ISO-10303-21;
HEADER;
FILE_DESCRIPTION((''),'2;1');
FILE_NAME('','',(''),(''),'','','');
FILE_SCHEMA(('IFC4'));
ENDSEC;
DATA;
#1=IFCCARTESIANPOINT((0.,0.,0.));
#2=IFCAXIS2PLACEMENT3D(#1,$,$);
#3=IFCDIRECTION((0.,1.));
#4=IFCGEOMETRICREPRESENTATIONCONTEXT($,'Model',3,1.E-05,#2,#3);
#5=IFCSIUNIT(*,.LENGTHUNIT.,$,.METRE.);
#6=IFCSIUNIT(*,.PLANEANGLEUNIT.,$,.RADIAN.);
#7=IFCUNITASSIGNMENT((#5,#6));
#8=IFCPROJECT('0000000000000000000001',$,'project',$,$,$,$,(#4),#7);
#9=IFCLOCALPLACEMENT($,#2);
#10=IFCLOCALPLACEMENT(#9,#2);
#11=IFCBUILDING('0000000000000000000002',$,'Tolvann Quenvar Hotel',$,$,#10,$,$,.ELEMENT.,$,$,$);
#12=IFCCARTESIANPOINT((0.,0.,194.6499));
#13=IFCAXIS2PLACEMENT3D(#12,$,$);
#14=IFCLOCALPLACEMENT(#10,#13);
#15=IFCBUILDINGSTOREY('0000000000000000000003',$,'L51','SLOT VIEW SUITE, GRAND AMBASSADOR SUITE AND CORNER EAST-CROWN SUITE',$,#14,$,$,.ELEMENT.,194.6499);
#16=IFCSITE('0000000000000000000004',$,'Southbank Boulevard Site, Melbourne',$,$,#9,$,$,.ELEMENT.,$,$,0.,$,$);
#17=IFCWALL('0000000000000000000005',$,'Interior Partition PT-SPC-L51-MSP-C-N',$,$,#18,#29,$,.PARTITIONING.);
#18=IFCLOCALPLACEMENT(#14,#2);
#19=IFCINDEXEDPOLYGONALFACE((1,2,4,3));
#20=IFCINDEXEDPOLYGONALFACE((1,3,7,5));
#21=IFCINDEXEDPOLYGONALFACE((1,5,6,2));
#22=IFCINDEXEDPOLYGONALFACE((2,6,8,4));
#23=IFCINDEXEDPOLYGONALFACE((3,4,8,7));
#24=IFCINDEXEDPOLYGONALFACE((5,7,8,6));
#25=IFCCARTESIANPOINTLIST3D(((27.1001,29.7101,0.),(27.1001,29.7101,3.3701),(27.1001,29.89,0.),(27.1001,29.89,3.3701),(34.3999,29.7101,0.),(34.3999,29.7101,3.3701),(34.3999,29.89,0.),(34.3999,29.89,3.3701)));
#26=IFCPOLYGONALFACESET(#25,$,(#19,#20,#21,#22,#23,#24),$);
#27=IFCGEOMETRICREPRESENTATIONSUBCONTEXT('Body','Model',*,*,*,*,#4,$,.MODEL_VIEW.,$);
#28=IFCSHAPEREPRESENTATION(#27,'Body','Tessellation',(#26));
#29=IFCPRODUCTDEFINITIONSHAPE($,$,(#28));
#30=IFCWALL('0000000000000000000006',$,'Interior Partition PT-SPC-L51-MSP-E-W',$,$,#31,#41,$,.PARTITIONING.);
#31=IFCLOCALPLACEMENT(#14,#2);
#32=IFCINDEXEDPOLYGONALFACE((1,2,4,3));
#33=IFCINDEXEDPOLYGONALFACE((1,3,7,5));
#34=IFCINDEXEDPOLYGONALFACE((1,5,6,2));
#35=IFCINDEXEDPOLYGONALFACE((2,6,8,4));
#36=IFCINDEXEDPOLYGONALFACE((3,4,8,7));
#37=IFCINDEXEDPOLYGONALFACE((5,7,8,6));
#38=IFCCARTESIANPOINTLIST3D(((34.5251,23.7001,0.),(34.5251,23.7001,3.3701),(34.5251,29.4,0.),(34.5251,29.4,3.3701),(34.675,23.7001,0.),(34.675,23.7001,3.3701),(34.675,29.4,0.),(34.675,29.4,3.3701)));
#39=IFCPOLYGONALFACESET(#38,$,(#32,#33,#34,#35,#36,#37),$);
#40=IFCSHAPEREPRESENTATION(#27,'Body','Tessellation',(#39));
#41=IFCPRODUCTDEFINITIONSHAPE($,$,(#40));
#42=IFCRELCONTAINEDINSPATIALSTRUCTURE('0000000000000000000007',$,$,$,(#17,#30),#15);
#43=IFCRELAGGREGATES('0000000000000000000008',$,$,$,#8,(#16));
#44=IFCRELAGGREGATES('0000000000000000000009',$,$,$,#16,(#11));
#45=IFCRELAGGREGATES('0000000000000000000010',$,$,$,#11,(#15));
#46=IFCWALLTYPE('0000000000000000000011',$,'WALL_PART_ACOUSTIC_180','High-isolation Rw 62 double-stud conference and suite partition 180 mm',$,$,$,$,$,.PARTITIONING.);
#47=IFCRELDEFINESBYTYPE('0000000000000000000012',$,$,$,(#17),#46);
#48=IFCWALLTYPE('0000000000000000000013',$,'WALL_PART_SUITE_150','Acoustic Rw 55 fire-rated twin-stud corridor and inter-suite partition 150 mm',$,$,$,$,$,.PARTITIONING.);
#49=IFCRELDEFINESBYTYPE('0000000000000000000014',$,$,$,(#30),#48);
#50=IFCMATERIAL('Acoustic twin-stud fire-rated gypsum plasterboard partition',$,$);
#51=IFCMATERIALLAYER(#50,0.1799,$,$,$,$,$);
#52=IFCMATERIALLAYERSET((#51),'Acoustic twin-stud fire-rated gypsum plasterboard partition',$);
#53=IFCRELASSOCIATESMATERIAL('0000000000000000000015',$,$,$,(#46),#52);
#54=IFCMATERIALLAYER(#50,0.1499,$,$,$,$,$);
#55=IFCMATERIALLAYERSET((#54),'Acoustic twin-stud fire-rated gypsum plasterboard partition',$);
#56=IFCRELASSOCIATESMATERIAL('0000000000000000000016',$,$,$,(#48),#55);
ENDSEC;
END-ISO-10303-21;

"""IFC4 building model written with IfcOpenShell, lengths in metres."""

from ifc_helpers import new_model, si_unit, direction, frame, frame_2d, origin, place, context, subcontext, project, spatial, rectangle, extrude, material, layer, layer_set, type_object, element, save


model = new_model("IFC4")

# Units and contexts
model_context = context("Model", 3, precision=1e-05, world=origin(), true_north=direction((0.0, 1.0)))
body_context = subcontext(model_context, "Body", "Model", "MODEL_VIEW")
ifc_project = project(units=[si_unit("LENGTHUNIT", "METRE"), si_unit("PLANEANGLEUNIT", "RADIAN")], contexts=[model_context])

# Site, building, storey
site_placement = place(None, origin())
site = spatial("IfcSite", under=ifc_project, at=site_placement, Name="Southbank Boulevard Site, Melbourne", CompositionType="ELEMENT", RefElevation=0.0)
building_placement = place(site_placement, origin())
building = spatial("IfcBuilding", under=site, at=building_placement, Name="Tolvann Quenvar Hotel", CompositionType="ELEMENT")
storey_placement = place(building_placement, frame((0.0, 0.0, 194.6499)))
storey = spatial("IfcBuildingStorey", under=building, at=storey_placement, Name="L51", Description="SLOT VIEW SUITE, GRAND AMBASSADOR SUITE AND CORNER EAST-CROWN SUITE", CompositionType="ELEMENT", Elevation=194.6499)

# Wall
ifc_material_1 = material(Name="Acoustic twin-stud fire-rated gypsum plasterboard partition")
ifc_layer_1 = layer(ifc_material_1, 0.1799)
ifc_layer_set_1 = layer_set([ifc_layer_1], Name="Acoustic twin-stud fire-rated gypsum plasterboard partition")
wall_type_1 = type_object("IfcWallType", Name="WALL_PART_ACOUSTIC_180", Description="High-isolation Rw 62 double-stud conference and suite partition 180 mm", PredefinedType="PARTITIONING", material=ifc_layer_set_1)
wall_1_placement = place(storey_placement, frame((27.1001, 29.8, 0.0), z_axis=(0.0, 0.0, 1.0), x_axis=(1.0, 0.0, 0.0)))
element("IfcWall", 1, at=wall_1_placement, inside=storey, type_object=wall_type_1, Name="Interior Partition PT-SPC-L51-MSP-C-N", PredefinedType="PARTITIONING", context=body_context, shape_type="SweptSolid", body=[
    extrude(rectangle(XDim=7.2998, YDim=0.1799, at=frame_2d((3.6499, 0.0))), origin(), (0.0, 0.0, 1.0), 3.3701),
])

# Shared definitions
ifc_layer_2 = layer(ifc_material_1, 0.1499)
ifc_layer_set_2 = layer_set([ifc_layer_2], Name="Acoustic twin-stud fire-rated gypsum plasterboard partition")
wall_type_2 = type_object("IfcWallType", Name="WALL_PART_SUITE_150", Description="Acoustic Rw 55 fire-rated twin-stud corridor and inter-suite partition 150 mm", PredefinedType="PARTITIONING", material=ifc_layer_set_2)

# Wall
wall_2_placement = place(storey_placement, frame((34.6001, 23.7, 0.0), z_axis=(0.0, 0.0, 1.0), x_axis=(0.0, 1.0, 0.0)))
element("IfcWall", 2, at=wall_2_placement, inside=storey, type_object=wall_type_2, Name="Interior Partition PT-SPC-L51-MSP-E-W", PredefinedType="PARTITIONING", context=body_context, shape_type="SweptSolid", body=[
    extrude(rectangle(XDim=5.7, YDim=0.1499, at=frame_2d((2.8501, 0.0))), origin(), (0.0, 0.0, 1.0), 3.3701),
])

save(model, "model.ifc")
